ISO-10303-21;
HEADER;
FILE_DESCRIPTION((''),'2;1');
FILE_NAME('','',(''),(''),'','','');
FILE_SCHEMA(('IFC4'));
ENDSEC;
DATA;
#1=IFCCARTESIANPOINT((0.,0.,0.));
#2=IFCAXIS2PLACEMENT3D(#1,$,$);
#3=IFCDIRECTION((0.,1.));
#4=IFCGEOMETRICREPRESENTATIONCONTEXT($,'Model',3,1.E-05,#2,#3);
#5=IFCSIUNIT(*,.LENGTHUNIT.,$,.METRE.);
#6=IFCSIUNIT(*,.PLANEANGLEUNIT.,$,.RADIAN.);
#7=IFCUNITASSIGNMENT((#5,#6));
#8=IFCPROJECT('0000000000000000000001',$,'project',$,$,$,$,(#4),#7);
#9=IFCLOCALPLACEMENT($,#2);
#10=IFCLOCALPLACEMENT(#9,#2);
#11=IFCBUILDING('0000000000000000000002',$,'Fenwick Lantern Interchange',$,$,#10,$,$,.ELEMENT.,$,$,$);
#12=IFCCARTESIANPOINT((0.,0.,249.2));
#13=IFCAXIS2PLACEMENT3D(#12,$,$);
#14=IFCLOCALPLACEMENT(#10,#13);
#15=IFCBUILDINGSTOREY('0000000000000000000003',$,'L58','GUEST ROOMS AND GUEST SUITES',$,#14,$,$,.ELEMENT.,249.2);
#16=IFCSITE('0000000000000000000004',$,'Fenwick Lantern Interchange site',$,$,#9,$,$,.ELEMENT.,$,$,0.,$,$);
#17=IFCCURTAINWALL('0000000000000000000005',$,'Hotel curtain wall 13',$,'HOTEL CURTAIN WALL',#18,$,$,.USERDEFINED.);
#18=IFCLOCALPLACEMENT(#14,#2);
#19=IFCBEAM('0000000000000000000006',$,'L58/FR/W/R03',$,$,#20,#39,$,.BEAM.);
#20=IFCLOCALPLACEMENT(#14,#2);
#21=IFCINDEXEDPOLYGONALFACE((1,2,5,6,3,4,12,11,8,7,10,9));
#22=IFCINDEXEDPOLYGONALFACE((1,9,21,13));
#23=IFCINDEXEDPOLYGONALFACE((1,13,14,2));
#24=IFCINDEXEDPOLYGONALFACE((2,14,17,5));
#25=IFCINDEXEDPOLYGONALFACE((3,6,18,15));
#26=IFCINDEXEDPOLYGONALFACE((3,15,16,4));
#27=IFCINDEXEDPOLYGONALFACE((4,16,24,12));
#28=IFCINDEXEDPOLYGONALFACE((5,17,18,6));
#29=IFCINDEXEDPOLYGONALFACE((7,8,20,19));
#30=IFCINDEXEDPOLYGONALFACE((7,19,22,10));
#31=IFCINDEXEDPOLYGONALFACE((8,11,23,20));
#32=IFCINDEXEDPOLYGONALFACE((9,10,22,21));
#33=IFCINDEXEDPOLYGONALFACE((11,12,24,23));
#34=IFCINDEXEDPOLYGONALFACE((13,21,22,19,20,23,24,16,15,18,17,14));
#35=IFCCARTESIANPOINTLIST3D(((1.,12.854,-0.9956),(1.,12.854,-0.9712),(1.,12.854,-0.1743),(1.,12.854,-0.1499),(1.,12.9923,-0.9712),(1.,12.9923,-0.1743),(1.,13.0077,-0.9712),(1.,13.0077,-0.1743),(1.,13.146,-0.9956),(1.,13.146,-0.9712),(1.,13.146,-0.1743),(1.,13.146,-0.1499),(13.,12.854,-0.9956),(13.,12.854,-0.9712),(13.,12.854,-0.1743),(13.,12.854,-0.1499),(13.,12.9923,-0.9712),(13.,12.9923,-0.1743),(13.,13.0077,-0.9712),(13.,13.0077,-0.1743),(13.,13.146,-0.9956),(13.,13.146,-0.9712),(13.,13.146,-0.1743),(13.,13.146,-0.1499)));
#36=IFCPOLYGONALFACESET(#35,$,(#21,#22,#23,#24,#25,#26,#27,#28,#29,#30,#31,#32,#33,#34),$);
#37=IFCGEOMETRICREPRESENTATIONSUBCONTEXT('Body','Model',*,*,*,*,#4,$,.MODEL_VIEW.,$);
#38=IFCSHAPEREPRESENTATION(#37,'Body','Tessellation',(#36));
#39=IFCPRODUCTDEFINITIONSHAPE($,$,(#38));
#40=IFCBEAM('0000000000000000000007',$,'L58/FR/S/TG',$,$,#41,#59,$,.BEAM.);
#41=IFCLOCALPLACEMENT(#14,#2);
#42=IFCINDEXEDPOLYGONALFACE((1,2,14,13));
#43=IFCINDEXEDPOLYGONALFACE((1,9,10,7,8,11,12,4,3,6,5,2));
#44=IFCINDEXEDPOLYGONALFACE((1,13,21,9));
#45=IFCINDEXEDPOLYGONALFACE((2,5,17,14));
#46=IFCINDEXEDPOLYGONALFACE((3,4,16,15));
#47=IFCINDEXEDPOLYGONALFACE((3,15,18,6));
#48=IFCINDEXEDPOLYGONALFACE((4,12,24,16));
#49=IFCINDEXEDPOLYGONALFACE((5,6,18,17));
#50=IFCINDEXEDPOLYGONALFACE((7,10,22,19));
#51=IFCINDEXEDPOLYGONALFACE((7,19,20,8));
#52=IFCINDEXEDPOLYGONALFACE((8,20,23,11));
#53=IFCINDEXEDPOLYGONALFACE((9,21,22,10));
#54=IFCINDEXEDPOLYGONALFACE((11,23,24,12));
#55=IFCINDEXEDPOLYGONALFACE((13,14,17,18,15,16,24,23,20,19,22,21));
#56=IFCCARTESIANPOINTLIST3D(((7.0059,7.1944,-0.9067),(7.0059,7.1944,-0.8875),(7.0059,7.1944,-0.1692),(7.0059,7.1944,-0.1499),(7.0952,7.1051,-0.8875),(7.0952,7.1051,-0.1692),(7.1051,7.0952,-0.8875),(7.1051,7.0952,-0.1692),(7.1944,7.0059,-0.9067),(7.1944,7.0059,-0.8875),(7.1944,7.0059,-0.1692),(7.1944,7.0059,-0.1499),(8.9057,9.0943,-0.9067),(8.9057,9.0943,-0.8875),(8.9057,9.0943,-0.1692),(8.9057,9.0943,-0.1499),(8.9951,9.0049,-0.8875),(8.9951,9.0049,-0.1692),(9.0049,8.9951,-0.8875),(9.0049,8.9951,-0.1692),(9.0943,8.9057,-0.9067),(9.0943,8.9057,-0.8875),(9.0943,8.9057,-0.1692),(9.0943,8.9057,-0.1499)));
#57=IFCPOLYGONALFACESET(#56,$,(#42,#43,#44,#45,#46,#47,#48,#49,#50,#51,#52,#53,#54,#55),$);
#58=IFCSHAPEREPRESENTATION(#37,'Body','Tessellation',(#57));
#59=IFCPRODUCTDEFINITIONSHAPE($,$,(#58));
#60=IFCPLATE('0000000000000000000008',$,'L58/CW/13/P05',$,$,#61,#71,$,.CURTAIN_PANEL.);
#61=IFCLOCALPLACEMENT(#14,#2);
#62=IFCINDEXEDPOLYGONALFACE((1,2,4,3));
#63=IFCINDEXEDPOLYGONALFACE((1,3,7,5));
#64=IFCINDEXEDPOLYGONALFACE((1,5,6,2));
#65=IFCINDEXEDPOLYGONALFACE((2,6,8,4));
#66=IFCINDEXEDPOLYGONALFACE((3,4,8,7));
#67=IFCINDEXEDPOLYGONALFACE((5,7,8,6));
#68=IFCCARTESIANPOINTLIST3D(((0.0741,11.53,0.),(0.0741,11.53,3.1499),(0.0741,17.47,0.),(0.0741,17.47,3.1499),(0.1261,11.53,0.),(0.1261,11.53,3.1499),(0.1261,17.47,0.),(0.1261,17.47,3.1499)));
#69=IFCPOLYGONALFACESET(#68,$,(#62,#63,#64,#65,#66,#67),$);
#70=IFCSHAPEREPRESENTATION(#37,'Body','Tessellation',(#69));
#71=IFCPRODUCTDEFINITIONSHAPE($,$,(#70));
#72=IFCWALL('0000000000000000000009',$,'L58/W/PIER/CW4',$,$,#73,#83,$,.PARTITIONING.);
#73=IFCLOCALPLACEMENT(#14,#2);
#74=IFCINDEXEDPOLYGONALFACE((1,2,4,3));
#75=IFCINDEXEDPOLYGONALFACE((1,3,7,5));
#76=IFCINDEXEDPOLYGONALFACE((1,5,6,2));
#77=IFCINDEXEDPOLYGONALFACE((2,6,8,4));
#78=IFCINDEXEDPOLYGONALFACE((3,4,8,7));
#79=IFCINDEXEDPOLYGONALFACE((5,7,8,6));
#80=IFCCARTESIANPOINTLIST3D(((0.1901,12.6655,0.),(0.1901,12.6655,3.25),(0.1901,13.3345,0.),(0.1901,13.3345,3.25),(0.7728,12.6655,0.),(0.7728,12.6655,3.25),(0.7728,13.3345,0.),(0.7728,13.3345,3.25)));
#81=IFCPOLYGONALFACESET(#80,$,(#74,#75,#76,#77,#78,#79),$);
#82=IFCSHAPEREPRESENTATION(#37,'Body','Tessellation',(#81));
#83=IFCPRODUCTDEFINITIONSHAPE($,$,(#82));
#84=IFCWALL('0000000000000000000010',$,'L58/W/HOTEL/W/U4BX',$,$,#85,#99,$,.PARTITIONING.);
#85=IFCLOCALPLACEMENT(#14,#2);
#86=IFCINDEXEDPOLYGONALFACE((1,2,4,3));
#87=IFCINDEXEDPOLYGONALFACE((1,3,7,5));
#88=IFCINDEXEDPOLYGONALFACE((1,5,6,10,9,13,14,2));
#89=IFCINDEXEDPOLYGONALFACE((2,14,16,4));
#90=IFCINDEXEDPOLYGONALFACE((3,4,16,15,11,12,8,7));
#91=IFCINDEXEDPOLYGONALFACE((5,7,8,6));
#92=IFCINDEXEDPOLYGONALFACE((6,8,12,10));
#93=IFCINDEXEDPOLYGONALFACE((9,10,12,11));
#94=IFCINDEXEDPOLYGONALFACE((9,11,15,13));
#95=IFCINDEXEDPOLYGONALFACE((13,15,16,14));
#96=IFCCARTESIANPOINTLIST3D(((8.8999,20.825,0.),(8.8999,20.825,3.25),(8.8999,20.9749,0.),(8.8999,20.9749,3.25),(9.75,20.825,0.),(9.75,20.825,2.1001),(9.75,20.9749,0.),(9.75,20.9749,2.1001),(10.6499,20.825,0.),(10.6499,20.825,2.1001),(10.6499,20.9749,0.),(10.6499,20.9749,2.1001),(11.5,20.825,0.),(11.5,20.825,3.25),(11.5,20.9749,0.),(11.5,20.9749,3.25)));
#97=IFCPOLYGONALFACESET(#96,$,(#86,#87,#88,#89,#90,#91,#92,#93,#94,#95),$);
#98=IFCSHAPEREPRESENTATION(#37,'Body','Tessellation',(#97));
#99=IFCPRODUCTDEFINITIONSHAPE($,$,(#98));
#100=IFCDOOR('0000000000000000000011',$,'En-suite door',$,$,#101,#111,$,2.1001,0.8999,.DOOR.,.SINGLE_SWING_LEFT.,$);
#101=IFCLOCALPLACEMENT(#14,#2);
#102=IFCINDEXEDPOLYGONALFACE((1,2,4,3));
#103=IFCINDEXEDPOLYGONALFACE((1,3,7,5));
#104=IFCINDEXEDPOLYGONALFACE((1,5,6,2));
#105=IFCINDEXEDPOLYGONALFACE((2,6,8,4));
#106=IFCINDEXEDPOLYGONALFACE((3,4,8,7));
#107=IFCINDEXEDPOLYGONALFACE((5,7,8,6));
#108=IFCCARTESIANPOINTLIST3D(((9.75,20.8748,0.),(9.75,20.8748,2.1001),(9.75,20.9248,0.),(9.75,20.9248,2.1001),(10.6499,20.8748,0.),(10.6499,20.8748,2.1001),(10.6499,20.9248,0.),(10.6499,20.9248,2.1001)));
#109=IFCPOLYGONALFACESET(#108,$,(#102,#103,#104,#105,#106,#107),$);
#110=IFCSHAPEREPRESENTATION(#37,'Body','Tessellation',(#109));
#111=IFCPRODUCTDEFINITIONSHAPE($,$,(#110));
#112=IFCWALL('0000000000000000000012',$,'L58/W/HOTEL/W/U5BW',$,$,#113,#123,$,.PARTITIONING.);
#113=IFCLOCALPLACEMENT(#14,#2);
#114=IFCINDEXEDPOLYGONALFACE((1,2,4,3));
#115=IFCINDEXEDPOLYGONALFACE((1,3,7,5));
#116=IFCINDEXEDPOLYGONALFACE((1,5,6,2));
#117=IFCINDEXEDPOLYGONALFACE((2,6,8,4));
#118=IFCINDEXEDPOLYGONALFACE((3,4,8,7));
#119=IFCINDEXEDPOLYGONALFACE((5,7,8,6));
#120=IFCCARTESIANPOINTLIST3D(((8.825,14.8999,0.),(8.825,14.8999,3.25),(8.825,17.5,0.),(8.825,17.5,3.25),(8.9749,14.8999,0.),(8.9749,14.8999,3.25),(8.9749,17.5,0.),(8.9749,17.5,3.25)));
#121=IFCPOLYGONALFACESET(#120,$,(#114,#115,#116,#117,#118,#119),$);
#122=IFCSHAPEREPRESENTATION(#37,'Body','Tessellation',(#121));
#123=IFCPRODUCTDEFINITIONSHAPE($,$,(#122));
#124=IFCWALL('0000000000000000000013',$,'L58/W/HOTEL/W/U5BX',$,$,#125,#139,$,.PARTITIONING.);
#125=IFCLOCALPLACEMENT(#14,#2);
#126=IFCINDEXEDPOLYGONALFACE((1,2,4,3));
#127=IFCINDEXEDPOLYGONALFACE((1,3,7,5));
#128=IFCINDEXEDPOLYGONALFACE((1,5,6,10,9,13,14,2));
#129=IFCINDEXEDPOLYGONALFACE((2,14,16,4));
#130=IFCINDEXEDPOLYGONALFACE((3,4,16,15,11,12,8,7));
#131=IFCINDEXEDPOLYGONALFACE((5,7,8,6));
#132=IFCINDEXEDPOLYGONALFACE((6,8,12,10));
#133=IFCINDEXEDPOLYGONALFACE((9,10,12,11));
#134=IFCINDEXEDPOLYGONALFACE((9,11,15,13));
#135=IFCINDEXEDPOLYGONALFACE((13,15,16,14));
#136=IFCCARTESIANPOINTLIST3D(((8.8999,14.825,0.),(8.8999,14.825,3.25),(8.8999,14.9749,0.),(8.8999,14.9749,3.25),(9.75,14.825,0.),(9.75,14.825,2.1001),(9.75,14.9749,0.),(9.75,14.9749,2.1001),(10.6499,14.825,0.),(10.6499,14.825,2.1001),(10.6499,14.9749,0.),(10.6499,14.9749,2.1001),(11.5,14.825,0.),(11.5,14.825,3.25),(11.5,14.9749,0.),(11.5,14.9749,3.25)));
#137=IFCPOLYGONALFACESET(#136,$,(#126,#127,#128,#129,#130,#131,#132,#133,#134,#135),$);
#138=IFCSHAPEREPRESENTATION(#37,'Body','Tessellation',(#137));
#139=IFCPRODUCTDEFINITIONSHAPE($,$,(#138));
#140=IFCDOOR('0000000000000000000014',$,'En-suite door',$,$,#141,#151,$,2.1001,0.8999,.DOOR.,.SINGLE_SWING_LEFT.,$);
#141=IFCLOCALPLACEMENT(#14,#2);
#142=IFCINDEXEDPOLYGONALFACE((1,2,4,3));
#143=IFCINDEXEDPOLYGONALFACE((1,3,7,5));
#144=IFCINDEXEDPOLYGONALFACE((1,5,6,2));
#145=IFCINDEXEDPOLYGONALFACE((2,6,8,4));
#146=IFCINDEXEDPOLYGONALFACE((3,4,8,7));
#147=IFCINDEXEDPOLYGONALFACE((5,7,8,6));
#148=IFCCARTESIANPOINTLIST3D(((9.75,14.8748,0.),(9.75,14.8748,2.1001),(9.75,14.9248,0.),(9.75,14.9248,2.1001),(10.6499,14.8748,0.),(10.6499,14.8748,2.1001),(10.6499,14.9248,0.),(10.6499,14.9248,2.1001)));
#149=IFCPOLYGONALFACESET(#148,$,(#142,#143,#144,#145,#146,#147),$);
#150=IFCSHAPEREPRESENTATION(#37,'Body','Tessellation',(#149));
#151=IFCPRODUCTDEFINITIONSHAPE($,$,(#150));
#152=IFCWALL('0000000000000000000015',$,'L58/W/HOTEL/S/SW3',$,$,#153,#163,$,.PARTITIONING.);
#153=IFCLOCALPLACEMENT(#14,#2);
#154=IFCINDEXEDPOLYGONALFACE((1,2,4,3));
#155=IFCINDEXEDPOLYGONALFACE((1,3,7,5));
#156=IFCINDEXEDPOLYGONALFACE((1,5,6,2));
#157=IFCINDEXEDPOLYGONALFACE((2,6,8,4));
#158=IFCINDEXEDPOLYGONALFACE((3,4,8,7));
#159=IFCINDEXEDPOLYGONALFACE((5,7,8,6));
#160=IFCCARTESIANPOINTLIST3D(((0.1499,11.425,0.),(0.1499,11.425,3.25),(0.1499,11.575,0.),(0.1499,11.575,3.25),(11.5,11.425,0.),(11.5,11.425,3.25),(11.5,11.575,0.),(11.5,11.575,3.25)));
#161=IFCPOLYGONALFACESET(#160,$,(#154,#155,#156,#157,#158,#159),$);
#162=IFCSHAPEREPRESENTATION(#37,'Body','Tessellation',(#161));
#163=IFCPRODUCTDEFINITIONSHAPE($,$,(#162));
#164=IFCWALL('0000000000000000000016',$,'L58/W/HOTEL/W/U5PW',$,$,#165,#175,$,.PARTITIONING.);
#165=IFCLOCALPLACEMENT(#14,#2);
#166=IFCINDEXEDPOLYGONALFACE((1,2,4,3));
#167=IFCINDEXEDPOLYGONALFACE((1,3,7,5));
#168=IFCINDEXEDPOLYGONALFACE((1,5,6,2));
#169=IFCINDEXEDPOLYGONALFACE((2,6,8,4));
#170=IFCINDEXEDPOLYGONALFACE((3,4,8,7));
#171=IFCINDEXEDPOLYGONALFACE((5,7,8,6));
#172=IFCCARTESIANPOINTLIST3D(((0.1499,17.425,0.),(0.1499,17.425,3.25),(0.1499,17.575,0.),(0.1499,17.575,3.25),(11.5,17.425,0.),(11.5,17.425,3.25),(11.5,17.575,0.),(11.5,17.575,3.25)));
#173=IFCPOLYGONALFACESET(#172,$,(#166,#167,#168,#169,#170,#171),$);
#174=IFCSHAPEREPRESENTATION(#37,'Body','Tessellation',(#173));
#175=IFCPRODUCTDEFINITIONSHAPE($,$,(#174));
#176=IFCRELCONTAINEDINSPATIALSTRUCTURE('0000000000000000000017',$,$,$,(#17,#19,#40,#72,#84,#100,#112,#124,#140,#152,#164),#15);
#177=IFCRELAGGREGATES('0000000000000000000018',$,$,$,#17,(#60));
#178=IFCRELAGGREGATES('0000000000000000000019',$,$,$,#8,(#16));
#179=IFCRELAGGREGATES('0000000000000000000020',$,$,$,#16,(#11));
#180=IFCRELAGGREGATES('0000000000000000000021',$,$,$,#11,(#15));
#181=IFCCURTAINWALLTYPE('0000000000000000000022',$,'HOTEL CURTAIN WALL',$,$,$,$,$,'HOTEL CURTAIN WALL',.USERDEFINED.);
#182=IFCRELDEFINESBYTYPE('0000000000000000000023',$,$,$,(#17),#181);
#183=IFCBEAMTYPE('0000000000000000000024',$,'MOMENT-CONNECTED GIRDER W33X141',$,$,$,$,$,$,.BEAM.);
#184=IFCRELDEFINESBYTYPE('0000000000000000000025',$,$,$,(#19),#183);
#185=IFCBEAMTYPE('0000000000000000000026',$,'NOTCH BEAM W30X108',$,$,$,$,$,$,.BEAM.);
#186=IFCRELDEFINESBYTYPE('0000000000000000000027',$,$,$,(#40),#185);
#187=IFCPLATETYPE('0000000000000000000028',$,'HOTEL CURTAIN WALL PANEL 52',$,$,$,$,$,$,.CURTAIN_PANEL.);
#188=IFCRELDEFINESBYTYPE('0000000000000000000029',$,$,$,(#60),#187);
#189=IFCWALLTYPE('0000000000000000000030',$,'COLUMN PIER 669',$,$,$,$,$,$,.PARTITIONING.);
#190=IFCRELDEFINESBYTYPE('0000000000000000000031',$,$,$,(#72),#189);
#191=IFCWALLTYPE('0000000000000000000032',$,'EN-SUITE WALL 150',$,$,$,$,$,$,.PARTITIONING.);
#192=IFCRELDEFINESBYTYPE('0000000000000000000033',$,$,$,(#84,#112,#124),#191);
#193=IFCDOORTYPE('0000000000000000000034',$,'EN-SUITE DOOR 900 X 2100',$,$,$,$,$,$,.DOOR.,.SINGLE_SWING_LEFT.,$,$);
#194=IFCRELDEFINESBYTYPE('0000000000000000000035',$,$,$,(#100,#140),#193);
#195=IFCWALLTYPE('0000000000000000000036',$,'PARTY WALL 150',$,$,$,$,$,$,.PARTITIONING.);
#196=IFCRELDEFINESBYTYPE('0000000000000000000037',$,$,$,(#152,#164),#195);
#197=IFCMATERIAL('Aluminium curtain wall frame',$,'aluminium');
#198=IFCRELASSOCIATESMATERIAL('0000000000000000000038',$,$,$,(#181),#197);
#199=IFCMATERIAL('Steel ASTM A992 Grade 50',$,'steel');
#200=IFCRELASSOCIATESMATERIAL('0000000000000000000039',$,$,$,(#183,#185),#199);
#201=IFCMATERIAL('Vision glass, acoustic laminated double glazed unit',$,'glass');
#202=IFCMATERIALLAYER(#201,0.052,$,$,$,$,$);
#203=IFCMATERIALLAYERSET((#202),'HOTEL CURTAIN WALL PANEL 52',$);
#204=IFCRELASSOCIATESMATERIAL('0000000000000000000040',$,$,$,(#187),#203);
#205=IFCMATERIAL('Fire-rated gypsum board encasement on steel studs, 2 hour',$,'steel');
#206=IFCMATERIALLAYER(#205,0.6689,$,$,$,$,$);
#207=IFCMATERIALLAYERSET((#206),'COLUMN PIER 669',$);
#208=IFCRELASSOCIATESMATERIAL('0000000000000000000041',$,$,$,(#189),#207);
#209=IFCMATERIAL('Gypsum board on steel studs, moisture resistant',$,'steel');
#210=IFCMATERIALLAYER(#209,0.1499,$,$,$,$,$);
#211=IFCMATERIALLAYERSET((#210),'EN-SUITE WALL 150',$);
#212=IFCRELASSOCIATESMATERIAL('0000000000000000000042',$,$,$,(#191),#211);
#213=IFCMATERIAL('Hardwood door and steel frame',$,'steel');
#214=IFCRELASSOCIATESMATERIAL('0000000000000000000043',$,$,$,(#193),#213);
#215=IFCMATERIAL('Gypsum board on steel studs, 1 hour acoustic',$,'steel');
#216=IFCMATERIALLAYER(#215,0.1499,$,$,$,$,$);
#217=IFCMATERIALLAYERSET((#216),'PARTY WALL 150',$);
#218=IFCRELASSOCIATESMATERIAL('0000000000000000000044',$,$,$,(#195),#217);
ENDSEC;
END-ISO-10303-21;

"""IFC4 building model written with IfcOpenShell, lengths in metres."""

from ifc_helpers import new_model, si_unit, direction, frame, frame_2d, origin, origin_2d, place, context, subcontext, project, spatial, rectangle, i_section, extrude, material, layer, layer_set, material_profile, profile_set, type_object, element, fill, aggregate, save


model = new_model("IFC4")

# Units and contexts
model_context = context("Model", 3, precision=1e-05, world=origin(), true_north=direction((0.0, 1.0)))
body_context = subcontext(model_context, "Body", "Model", "MODEL_VIEW")
ifc_project = project(units=[si_unit("LENGTHUNIT", "METRE"), si_unit("PLANEANGLEUNIT", "RADIAN")], contexts=[model_context])

# Site, building, storey
site_placement = place(None, origin())
site = spatial("IfcSite", under=ifc_project, at=site_placement, Name="Fenwick Lantern Interchange site", CompositionType="ELEMENT", RefElevation=0.0)
building_placement = place(site_placement, origin())
building = spatial("IfcBuilding", under=site, at=building_placement, Name="Fenwick Lantern Interchange", CompositionType="ELEMENT")
storey_placement = place(building_placement, frame((0.0, 0.0, 249.2)))
storey = spatial("IfcBuildingStorey", under=building, at=storey_placement, Name="L58", Description="GUEST ROOMS AND GUEST SUITES", CompositionType="ELEMENT", Elevation=249.2)

# Shared definitions
ifc_material_1 = material(Name="Steel ASTM A992 Grade 50", Category="steel")

# Curtain wall
ifc_material_2 = material(Name="Aluminium curtain wall frame", Category="aluminium")
curtain_wall_type = type_object("IfcCurtainWallType", Name="HOTEL CURTAIN WALL", ElementType="HOTEL CURTAIN WALL", PredefinedType="USERDEFINED", material=ifc_material_2)
curtain_wall_placement = place(storey_placement, origin())
curtain_wall = element("IfcCurtainWall", 1, at=curtain_wall_placement, inside=storey, type_object=curtain_wall_type, Name="Hotel curtain wall 13", ObjectType="HOTEL CURTAIN WALL", PredefinedType="USERDEFINED")

# Beams
ifc_material_profile_1 = material_profile(ifc_material_1, i_section(OverallWidth=0.292, OverallDepth=0.8457, WebThickness=0.0154, FlangeThickness=0.0244, at=origin_2d()), Name="W33X141")
ifc_profile_set_1 = profile_set([ifc_material_profile_1], Name="Steel ASTM A992 Grade 50")
beam_type_1 = type_object("IfcBeamType", Name="MOMENT-CONNECTED GIRDER W33X141", PredefinedType="BEAM", material=ifc_profile_set_1)
beam_1_placement = place(storey_placement, frame((1.0, 13.0, -0.5728), z_axis=(1.0, 0.0, 0.0), x_axis=(0.0, 1.0, 0.0)))
element("IfcBeam", 2, at=beam_1_placement, inside=storey, type_object=beam_type_1, Name="L58/FR/W/R03", PredefinedType="BEAM", context=body_context, shape_type="SweptSolid", body=[
    extrude(i_section(OverallWidth=0.292, OverallDepth=0.8457, WebThickness=0.0154, FlangeThickness=0.0244, at=origin_2d()), origin(), (0.0, 0.0, 1.0), 12.0),
])
ifc_material_profile_2 = material_profile(ifc_material_1, i_section(OverallWidth=0.2666, OverallDepth=0.7568, WebThickness=0.0139, FlangeThickness=0.0193, at=origin_2d()), Name="W30X108")
ifc_profile_set_2 = profile_set([ifc_material_profile_2], Name="Steel ASTM A992 Grade 50")
beam_type_2 = type_object("IfcBeamType", Name="NOTCH BEAM W30X108", PredefinedType="BEAM", material=ifc_profile_set_2)
beam_2_placement = place(storey_placement, frame((9.0, 9.0, -0.5283), z_axis=(-0.707107, -0.707107, 0.0), x_axis=(0.707107, -0.707107, 0.0)))
element("IfcBeam", 3, at=beam_2_placement, inside=storey, type_object=beam_type_2, Name="L58/FR/S/TG", PredefinedType="BEAM", context=body_context, shape_type="SweptSolid", body=[
    extrude(i_section(OverallWidth=0.2666, OverallDepth=0.7568, WebThickness=0.0139, FlangeThickness=0.0193, at=origin_2d()), origin(), (0.0, 0.0, 1.0), 2.6868),
])

# Plate
ifc_material_3 = material(Name="Vision glass, acoustic laminated double glazed unit", Category="glass")
ifc_layer_1 = layer(ifc_material_3, 0.052)
ifc_layer_set_1 = layer_set([ifc_layer_1], Name="HOTEL CURTAIN WALL PANEL 52")
plate_type = type_object("IfcPlateType", Name="HOTEL CURTAIN WALL PANEL 52", PredefinedType="CURTAIN_PANEL", material=ifc_layer_set_1)
plate_placement = place(storey_placement, frame((0.1001, 14.5, 0.0), z_axis=(0.0, 0.0, 1.0), x_axis=(0.0, -1.0, 0.0)))
plate = element("IfcPlate", 4, at=plate_placement, type_object=plate_type, Name="L58/CW/13/P05", PredefinedType="CURTAIN_PANEL", context=body_context, shape_type="SweptSolid", body=[
    extrude(rectangle(XDim=5.9399, YDim=0.052, at=origin_2d()), origin(), (0.0, 0.0, 1.0), 3.1499),
])
aggregate(curtain_wall, [plate])

# Wall
ifc_material_4 = material(Name="Fire-rated gypsum board encasement on steel studs, 2 hour", Category="steel")
ifc_layer_2 = layer(ifc_material_4, 0.6689)
ifc_layer_set_2 = layer_set([ifc_layer_2], Name="COLUMN PIER 669")
wall_type_1 = type_object("IfcWallType", Name="COLUMN PIER 669", PredefinedType="PARTITIONING", material=ifc_layer_set_2)
wall_1_placement = place(storey_placement, frame((0.1899, 13.0, 0.0), z_axis=(0.0, 0.0, 1.0), x_axis=(1.0, 0.0, 0.0)))
element("IfcWall", 5, at=wall_1_placement, inside=storey, type_object=wall_type_1, Name="L58/W/PIER/CW4", PredefinedType="PARTITIONING", context=body_context, shape_type="SweptSolid", body=[
    extrude(rectangle(XDim=0.5828, YDim=0.6689, at=frame_2d((0.2915, 0.0))), origin(), (0.0, 0.0, 1.0), 3.25),
])

# Wall, opening, door
ifc_material_5 = material(Name="Gypsum board on steel studs, moisture resistant", Category="steel")
ifc_layer_3 = layer(ifc_material_5, 0.1499)
ifc_layer_set_3 = layer_set([ifc_layer_3], Name="EN-SUITE WALL 150")
wall_type_2 = type_object("IfcWallType", Name="EN-SUITE WALL 150", PredefinedType="PARTITIONING", material=ifc_layer_set_3)
wall_2_placement = place(storey_placement, frame((8.8999, 20.8999, 0.0), z_axis=(0.0, 0.0, 1.0), x_axis=(1.0, 0.0, 0.0)))
wall_2 = element("IfcWall", 6, at=wall_2_placement, inside=storey, type_object=wall_type_2, Name="L58/W/HOTEL/W/U4BX", PredefinedType="PARTITIONING", context=body_context, shape_type="SweptSolid", body=[
    extrude(rectangle(XDim=2.6001, YDim=0.1499, at=frame_2d((1.3, 0.0))), origin(), (0.0, 0.0, 1.0), 3.25),
])
opening_1_placement = place(wall_2_placement, frame((0.8501, 0.0, 0.0)))
opening_1 = element("IfcOpeningElement", 7, at=opening_1_placement, cuts=wall_2, PredefinedType="OPENING", context=body_context, shape_type="SweptSolid", body=[
    extrude(rectangle(XDim=0.8999, YDim=2.1001, at=frame_2d((0.45, 1.05))), frame((0.0, 0.085, 0.0), z_axis=(0.0, -1.0, 0.0), x_axis=(1.0, 0.0, 0.0)), (0.0, 0.0, 1.0), 0.1699),
])
ifc_material_6 = material(Name="Hardwood door and steel frame", Category="steel")
door_type = type_object("IfcDoorType", Name="EN-SUITE DOOR 900 X 2100", OperationType="SINGLE_SWING_LEFT", PredefinedType="DOOR", material=ifc_material_6)
door_1_placement = place(opening_1_placement, origin())
door_1 = element("IfcDoor", 8, at=door_1_placement, inside=storey, type_object=door_type, Name="En-suite door", OperationType="SINGLE_SWING_LEFT", OverallHeight=2.1001, OverallWidth=0.8999, PredefinedType="DOOR", context=body_context, shape_type="SweptSolid", body=[
    extrude(rectangle(XDim=0.8999, YDim=2.1001, at=frame_2d((0.45, 1.05))), frame((0.0, 0.0249, 0.0), z_axis=(0.0, -1.0, 0.0), x_axis=(1.0, 0.0, 0.0)), (0.0, 0.0, 1.0), 0.05),
])
fill(opening_1, door_1)

# Wall
wall_3_placement = place(storey_placement, frame((8.8999, 17.5, 0.0), z_axis=(0.0, 0.0, 1.0), x_axis=(0.0, -1.0, 0.0)))
element("IfcWall", 9, at=wall_3_placement, inside=storey, type_object=wall_type_2, Name="L58/W/HOTEL/W/U5BW", PredefinedType="PARTITIONING", context=body_context, shape_type="SweptSolid", body=[
    extrude(rectangle(XDim=2.6001, YDim=0.1499, at=frame_2d((1.3, 0.0))), origin(), (0.0, 0.0, 1.0), 3.25),
])

# Wall, opening, door
wall_4_placement = place(storey_placement, frame((8.8999, 14.8999, 0.0), z_axis=(0.0, 0.0, 1.0), x_axis=(1.0, 0.0, 0.0)))
wall_4 = element("IfcWall", 10, at=wall_4_placement, inside=storey, type_object=wall_type_2, Name="L58/W/HOTEL/W/U5BX", PredefinedType="PARTITIONING", context=body_context, shape_type="SweptSolid", body=[
    extrude(rectangle(XDim=2.6001, YDim=0.1499, at=frame_2d((1.3, 0.0))), origin(), (0.0, 0.0, 1.0), 3.25),
])
opening_2_placement = place(wall_4_placement, frame((0.8501, 0.0, 0.0)))
opening_2 = element("IfcOpeningElement", 11, at=opening_2_placement, cuts=wall_4, PredefinedType="OPENING", context=body_context, shape_type="SweptSolid", body=[
    extrude(rectangle(XDim=0.8999, YDim=2.1001, at=frame_2d((0.45, 1.05))), frame((0.0, 0.085, 0.0), z_axis=(0.0, -1.0, 0.0), x_axis=(1.0, 0.0, 0.0)), (0.0, 0.0, 1.0), 0.1699),
])
door_2_placement = place(opening_2_placement, origin())
door_2 = element("IfcDoor", 12, at=door_2_placement, inside=storey, type_object=door_type, Name="En-suite door", OperationType="SINGLE_SWING_LEFT", OverallHeight=2.1001, OverallWidth=0.8999, PredefinedType="DOOR", context=body_context, shape_type="SweptSolid", body=[
    extrude(rectangle(XDim=0.8999, YDim=2.1001, at=frame_2d((0.45, 1.05))), frame((0.0, 0.0249, 0.0), z_axis=(0.0, -1.0, 0.0), x_axis=(1.0, 0.0, 0.0)), (0.0, 0.0, 1.0), 0.05),
])
fill(opening_2, door_2)

# Walls
ifc_material_7 = material(Name="Gypsum board on steel studs, 1 hour acoustic", Category="steel")
ifc_layer_4 = layer(ifc_material_7, 0.1499)
ifc_layer_set_4 = layer_set([ifc_layer_4], Name="PARTY WALL 150")
wall_type_3 = type_object("IfcWallType", Name="PARTY WALL 150", PredefinedType="PARTITIONING", material=ifc_layer_set_4)
for number, where, z_axis, x_axis, name in (
    (13, (0.1499, 11.5, 0.0), (0.0, 0.0, 1.0), (1.0, 0.0, 0.0), "L58/W/HOTEL/S/SW3"),
    (14, (0.1499, 17.5, 0.0), (0.0, 0.0, 1.0), (1.0, 0.0, 0.0), "L58/W/HOTEL/W/U5PW"),
):
    element("IfcWall", number, at=place(storey_placement, frame(where, z_axis=z_axis, x_axis=x_axis)), inside=storey, type_object=wall_type_3, Name=name, PredefinedType="PARTITIONING", context=body_context, shape_type="SweptSolid", body=[
        extrude(rectangle(XDim=11.3501, YDim=0.1499, at=frame_2d((5.675, 0.0))), origin(), (0.0, 0.0, 1.0), 3.25),
    ])

save(model, "model.ifc")
